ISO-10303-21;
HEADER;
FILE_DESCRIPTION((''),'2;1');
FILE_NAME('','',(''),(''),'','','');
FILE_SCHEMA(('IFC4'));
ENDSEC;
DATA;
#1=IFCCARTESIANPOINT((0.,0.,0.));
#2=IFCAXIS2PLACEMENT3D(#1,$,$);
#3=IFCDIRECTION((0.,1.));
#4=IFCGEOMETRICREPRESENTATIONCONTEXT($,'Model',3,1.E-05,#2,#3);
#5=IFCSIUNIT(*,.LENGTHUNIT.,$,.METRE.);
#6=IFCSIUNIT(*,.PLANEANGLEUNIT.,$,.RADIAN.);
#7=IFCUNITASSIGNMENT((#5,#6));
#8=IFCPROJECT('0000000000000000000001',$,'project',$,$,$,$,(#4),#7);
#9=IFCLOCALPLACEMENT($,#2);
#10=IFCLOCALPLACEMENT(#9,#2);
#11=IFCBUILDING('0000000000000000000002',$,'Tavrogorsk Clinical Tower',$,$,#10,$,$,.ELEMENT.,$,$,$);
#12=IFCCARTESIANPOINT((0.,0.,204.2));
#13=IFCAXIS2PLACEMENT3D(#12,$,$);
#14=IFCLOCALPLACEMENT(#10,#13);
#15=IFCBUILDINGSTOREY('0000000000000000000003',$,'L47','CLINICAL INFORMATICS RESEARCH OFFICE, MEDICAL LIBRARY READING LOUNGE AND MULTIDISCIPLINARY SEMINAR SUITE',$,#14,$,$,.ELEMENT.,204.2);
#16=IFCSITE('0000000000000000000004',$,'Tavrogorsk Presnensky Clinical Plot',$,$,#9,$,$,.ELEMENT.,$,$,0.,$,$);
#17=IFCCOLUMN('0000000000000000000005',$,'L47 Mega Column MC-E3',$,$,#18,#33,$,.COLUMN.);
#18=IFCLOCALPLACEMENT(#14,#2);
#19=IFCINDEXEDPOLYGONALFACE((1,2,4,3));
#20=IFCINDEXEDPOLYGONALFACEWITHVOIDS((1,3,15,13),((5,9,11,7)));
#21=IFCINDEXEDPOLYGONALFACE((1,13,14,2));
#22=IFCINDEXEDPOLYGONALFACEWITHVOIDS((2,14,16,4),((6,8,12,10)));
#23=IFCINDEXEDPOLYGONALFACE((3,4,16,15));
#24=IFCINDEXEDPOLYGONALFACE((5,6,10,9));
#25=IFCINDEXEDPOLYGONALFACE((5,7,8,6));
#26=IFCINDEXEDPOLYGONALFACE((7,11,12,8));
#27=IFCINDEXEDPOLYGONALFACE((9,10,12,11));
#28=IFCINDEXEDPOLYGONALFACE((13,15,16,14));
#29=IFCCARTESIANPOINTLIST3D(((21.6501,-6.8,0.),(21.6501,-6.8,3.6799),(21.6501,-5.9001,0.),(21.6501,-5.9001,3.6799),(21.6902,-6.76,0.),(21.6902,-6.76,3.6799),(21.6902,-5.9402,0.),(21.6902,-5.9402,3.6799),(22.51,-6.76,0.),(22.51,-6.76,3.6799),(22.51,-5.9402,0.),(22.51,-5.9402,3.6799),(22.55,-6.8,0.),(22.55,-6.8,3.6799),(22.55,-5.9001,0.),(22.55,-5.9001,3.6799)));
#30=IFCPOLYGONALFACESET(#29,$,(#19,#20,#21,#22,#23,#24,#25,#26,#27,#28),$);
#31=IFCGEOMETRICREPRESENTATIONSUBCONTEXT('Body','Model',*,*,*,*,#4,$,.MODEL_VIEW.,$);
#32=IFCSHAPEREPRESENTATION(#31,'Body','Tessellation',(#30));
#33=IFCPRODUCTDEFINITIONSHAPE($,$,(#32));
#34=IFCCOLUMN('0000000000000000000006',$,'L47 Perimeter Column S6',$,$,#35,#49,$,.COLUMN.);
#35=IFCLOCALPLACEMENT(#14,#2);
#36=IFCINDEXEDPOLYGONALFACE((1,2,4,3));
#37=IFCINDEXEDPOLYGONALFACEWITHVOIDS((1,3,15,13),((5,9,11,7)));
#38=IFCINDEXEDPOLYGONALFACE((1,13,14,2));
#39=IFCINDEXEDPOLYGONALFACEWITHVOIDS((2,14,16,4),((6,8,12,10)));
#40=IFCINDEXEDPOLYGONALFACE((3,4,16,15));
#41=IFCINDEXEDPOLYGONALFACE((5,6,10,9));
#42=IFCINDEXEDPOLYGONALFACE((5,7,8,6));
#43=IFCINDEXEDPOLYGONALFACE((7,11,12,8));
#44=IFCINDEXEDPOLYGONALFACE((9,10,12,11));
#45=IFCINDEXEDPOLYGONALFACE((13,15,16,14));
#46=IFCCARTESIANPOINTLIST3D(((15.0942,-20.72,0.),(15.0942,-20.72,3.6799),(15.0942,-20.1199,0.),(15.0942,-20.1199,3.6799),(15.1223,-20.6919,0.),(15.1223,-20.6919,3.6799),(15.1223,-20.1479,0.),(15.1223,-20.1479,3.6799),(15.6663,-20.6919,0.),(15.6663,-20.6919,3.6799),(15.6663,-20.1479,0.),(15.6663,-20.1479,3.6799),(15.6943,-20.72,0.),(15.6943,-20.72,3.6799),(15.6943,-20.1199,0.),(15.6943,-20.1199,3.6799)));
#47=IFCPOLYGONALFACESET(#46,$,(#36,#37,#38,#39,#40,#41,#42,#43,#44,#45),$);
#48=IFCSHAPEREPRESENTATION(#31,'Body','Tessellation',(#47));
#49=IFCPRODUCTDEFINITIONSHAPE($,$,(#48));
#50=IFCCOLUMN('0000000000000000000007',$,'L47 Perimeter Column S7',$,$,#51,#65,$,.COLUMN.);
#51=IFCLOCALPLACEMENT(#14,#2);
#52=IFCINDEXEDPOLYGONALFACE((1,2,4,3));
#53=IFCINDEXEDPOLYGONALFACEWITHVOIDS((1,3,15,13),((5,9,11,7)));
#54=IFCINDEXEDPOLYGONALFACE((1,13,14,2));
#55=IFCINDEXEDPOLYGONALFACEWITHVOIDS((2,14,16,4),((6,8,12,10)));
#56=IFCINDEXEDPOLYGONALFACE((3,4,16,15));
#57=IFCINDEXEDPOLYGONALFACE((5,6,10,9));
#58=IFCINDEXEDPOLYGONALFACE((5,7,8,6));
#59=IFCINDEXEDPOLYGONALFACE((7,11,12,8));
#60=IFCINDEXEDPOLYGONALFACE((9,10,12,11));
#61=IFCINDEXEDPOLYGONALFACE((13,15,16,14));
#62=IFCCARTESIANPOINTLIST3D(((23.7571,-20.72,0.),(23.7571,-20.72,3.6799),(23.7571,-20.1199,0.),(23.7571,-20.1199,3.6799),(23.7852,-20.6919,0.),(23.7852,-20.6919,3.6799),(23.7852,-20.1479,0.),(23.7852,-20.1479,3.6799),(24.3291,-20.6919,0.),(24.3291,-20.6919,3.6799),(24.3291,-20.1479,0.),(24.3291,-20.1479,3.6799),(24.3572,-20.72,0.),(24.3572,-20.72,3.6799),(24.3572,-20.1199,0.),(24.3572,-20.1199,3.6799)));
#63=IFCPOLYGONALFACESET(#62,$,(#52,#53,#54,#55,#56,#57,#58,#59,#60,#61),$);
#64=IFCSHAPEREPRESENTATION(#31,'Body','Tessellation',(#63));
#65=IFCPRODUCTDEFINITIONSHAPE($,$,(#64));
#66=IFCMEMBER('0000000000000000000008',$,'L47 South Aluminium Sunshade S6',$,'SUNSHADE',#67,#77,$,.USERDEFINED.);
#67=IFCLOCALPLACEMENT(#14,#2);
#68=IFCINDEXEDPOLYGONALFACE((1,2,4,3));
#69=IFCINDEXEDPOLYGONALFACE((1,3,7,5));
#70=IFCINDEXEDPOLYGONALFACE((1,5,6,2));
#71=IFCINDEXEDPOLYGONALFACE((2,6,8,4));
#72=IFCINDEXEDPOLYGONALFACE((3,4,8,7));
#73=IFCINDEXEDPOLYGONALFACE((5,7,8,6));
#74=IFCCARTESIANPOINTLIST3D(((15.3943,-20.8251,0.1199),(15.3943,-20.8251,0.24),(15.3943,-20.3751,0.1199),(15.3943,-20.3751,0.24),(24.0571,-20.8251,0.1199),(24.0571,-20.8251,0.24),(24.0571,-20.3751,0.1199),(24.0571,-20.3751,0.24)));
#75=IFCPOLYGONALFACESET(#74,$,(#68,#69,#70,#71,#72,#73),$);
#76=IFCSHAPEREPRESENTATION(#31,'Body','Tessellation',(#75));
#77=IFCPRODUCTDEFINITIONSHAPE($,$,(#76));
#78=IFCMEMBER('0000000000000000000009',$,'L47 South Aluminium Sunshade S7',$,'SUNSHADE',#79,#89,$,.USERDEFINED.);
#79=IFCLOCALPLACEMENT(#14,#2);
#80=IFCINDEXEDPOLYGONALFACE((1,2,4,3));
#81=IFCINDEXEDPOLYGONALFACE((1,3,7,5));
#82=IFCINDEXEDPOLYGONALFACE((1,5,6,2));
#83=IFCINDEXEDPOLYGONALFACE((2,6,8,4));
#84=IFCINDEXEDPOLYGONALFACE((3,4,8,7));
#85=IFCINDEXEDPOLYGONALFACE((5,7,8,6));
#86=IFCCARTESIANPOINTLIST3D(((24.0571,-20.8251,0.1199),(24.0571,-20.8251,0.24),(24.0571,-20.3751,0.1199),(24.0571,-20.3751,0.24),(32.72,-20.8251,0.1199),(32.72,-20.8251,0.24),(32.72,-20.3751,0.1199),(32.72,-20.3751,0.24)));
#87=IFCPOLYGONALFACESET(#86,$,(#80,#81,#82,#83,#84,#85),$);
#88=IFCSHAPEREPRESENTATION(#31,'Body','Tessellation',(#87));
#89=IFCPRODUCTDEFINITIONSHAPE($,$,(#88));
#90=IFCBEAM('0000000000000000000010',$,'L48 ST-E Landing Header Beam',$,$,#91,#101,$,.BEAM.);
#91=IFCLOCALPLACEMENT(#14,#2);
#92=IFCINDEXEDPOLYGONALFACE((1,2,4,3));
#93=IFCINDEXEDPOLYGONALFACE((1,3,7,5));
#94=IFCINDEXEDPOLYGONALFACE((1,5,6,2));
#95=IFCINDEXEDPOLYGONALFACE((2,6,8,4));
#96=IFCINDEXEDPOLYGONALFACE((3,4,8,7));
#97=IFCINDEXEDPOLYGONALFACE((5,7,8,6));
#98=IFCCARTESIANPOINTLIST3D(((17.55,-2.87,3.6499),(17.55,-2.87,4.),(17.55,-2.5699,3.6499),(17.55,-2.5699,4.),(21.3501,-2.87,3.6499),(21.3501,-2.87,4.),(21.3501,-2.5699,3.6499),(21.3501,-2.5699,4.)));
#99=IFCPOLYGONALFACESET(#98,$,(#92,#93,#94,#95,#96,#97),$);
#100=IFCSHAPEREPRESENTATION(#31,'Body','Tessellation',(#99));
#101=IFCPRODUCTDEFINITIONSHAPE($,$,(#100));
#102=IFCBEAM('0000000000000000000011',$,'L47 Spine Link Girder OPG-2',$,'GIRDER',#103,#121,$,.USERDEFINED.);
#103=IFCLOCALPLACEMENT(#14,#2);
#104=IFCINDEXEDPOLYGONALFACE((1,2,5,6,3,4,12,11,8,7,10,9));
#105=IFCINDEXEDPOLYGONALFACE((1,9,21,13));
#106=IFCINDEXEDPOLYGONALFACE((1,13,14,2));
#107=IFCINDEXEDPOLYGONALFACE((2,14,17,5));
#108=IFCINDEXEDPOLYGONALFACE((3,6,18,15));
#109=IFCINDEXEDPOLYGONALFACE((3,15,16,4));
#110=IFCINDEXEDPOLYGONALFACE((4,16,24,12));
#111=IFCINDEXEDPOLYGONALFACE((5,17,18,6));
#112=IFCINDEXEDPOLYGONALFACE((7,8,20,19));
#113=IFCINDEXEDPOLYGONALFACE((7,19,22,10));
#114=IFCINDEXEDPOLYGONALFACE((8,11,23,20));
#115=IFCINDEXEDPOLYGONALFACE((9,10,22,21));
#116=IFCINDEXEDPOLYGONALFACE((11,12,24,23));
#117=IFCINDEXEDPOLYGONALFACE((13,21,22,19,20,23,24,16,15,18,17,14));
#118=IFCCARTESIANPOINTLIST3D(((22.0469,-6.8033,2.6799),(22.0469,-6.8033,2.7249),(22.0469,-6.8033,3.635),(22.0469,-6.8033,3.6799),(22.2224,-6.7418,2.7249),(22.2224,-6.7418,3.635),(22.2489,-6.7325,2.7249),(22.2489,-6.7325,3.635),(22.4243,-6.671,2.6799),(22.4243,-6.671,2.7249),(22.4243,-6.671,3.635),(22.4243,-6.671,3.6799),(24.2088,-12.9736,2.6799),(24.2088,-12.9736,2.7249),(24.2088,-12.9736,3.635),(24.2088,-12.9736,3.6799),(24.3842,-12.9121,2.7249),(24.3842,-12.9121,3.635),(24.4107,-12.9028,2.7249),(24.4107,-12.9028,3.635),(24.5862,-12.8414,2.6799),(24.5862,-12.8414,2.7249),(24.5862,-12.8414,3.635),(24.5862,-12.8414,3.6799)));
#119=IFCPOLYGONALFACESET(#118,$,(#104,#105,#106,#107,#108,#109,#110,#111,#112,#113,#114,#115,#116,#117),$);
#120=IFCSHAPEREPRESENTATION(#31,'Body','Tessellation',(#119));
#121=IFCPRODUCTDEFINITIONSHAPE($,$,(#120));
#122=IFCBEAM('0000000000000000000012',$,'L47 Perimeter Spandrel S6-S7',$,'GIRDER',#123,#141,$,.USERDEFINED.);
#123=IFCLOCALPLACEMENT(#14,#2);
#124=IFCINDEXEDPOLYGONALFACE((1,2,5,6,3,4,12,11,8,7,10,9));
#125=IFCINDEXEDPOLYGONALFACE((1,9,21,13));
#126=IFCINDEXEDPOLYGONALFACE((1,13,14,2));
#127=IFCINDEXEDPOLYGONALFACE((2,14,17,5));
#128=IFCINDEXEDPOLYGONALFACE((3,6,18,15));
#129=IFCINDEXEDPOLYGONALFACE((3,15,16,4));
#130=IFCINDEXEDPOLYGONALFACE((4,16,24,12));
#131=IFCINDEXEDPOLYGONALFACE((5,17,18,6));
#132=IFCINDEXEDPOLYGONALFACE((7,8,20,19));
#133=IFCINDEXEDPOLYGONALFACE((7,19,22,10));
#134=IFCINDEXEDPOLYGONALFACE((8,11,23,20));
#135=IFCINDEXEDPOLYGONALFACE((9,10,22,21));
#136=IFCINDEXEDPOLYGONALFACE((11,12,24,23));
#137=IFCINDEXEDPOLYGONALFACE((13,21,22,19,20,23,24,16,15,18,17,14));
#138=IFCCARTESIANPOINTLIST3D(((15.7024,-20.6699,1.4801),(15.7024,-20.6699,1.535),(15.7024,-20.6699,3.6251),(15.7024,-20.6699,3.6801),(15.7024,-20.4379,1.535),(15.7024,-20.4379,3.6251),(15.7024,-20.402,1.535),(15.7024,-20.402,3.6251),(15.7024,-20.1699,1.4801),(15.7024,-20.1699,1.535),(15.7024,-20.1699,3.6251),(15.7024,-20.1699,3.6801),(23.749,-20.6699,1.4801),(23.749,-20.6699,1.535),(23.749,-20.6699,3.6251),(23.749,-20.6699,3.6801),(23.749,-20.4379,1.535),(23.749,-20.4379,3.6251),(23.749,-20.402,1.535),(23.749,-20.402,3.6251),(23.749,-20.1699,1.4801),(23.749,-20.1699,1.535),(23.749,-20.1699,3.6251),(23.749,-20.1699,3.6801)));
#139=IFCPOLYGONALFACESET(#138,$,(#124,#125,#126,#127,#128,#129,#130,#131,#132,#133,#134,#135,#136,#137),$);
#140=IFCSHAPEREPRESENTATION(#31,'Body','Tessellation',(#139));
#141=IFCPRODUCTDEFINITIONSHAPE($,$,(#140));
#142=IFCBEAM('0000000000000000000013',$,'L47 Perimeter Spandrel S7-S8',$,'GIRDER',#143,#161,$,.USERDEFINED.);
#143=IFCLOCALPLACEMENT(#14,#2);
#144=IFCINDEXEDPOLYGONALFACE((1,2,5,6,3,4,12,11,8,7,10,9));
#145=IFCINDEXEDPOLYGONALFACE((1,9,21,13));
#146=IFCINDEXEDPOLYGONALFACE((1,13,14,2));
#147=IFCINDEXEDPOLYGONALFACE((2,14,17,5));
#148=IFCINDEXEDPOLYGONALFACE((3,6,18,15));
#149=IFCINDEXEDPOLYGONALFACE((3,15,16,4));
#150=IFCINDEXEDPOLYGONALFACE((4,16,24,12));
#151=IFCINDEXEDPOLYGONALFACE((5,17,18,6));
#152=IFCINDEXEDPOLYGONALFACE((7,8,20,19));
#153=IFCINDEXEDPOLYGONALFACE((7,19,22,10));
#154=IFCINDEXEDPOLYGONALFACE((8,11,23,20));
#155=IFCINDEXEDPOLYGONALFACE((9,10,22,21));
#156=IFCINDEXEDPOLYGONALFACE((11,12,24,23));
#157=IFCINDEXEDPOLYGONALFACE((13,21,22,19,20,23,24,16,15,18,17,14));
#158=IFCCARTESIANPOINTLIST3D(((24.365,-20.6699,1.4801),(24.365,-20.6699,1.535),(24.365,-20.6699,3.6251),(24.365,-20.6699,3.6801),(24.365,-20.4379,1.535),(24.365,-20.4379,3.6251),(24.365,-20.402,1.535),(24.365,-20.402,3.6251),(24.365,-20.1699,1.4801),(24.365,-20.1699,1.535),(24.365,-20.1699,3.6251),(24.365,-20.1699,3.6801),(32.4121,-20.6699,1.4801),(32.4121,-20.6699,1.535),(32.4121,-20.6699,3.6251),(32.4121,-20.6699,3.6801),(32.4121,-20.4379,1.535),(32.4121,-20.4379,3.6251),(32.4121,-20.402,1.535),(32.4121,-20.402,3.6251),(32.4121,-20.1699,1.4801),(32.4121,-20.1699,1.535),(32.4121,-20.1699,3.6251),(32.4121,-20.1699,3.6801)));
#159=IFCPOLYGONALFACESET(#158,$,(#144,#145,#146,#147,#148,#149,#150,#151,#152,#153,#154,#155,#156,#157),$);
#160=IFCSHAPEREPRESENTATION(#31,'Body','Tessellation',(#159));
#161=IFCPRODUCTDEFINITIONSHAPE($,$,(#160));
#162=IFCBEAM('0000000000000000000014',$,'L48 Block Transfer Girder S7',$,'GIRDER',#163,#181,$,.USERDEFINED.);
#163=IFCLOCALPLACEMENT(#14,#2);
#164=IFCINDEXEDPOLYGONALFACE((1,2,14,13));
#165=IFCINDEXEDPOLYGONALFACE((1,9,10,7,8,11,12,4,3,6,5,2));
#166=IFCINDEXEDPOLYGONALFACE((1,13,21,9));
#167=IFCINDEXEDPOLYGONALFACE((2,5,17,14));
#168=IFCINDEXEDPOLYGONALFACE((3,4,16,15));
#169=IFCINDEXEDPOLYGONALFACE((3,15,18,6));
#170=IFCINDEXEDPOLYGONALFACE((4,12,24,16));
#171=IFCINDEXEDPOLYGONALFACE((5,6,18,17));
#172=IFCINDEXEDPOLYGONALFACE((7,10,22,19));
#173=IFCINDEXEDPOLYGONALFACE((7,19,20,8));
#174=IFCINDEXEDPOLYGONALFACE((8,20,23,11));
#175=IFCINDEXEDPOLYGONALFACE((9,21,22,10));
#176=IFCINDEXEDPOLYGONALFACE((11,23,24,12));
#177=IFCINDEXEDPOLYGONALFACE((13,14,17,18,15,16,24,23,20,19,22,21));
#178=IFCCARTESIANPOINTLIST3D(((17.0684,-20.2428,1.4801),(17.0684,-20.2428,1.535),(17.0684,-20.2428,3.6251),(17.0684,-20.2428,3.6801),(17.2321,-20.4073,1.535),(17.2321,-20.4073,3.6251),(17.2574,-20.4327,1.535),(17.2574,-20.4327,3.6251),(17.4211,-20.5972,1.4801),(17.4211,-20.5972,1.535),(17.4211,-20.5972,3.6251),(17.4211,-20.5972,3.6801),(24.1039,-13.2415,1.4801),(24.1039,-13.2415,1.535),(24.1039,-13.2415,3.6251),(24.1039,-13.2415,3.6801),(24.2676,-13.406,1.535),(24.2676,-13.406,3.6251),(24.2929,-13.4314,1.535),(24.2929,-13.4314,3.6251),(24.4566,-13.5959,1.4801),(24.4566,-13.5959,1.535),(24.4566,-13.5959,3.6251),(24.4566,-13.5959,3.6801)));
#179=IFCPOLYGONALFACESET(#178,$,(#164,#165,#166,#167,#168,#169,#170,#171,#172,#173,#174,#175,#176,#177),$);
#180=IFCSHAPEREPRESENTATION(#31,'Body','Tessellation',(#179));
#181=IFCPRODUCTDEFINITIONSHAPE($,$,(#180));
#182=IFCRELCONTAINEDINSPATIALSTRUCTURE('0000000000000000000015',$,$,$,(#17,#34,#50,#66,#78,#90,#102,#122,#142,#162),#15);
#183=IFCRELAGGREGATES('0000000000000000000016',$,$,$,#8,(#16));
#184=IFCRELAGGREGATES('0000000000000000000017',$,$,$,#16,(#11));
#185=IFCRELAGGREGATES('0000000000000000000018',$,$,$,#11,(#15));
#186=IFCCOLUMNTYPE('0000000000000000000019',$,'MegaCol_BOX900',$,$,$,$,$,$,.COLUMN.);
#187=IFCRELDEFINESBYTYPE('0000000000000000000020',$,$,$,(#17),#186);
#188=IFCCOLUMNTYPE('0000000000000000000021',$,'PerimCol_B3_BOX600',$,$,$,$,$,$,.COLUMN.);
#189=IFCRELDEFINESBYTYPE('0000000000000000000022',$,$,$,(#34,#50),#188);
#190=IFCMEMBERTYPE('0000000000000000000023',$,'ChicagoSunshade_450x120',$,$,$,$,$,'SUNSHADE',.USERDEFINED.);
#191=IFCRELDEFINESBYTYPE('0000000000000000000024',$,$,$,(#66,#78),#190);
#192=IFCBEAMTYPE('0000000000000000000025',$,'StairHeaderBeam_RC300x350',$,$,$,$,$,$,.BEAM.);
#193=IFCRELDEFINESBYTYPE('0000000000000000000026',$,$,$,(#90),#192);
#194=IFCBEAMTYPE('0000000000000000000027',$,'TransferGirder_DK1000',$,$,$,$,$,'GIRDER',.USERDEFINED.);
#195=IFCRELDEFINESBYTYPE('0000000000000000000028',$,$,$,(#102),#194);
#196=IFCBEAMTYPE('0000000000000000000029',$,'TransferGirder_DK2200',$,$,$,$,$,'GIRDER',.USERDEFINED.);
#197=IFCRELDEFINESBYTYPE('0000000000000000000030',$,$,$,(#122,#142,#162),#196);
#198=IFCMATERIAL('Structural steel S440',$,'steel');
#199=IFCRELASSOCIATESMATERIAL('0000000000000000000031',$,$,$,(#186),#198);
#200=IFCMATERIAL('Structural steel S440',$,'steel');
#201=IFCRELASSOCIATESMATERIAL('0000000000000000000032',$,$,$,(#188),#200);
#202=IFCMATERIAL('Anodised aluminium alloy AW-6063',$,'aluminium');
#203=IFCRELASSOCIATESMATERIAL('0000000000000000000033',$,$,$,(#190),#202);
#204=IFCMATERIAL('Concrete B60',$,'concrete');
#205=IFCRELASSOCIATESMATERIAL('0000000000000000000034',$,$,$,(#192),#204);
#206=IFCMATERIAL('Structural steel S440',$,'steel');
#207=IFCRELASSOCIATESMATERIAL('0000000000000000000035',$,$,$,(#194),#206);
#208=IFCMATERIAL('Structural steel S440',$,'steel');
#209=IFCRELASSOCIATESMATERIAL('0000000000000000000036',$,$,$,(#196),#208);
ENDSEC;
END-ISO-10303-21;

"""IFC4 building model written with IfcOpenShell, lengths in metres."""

from ifc_helpers import new_model, si_unit, direction, frame, origin, origin_2d, place, context, subcontext, project, spatial, rectangle, hollow_rectangle, i_section, extrude, material, material_profile, profile_set, type_object, element, save


model = new_model("IFC4")

# Units and contexts
model_context = context("Model", 3, precision=1e-05, world=origin(), true_north=direction((0.0, 1.0)))
body_context = subcontext(model_context, "Body", "Model", "MODEL_VIEW")
ifc_project = project(units=[si_unit("LENGTHUNIT", "METRE"), si_unit("PLANEANGLEUNIT", "RADIAN")], contexts=[model_context])

# Site, building, storey
site_placement = place(None, origin())
site = spatial("IfcSite", under=ifc_project, at=site_placement, Name="Tavrogorsk Presnensky Clinical Plot", CompositionType="ELEMENT", RefElevation=0.0)
building_placement = place(site_placement, origin())
building = spatial("IfcBuilding", under=site, at=building_placement, Name="Tavrogorsk Clinical Tower", CompositionType="ELEMENT")
storey_placement = place(building_placement, frame((0.0, 0.0, 204.2)))
storey = spatial("IfcBuildingStorey", under=building, at=storey_placement, Name="L47", Description="CLINICAL INFORMATICS RESEARCH OFFICE, MEDICAL LIBRARY READING LOUNGE AND MULTIDISCIPLINARY SEMINAR SUITE", CompositionType="ELEMENT", Elevation=204.2)

# Columns
ifc_material_1 = material(Name="Structural steel S440", Category="steel")
ifc_material_profile_1 = material_profile(ifc_material_1, hollow_rectangle(XDim=0.8999, YDim=0.8999, WallThickness=0.04, at=origin_2d()), Name="BOX-900x900x40")
ifc_profile_set_1 = profile_set([ifc_material_profile_1], Name="Structural steel S440")
column_type_1 = type_object("IfcColumnType", Name="MegaCol_BOX900", PredefinedType="COLUMN", material=ifc_profile_set_1)
column_placement = place(storey_placement, frame((22.1001, -6.3501, 0.0), z_axis=(0.0, 0.0, 1.0), x_axis=(1.0, 0.0, 0.0)))
element("IfcColumn", 1, at=column_placement, inside=storey, type_object=column_type_1, Name="L47 Mega Column MC-E3", PredefinedType="COLUMN", context=body_context, shape_type="SweptSolid", body=[
    extrude(hollow_rectangle(XDim=0.8999, YDim=0.8999, WallThickness=0.04, at=origin_2d()), origin(), (0.0, 0.0, 1.0), 3.6799),
])
ifc_material_2 = material(Name="Structural steel S440", Category="steel")
ifc_material_profile_2 = material_profile(ifc_material_2, hollow_rectangle(XDim=0.6001, YDim=0.6001, WallThickness=0.0281, at=origin_2d()), Name="BOX-600x600x28")
ifc_profile_set_2 = profile_set([ifc_material_profile_2], Name="Structural steel S440")
column_type_2 = type_object("IfcColumnType", Name="PerimCol_B3_BOX600", PredefinedType="COLUMN", material=ifc_profile_set_2)
for number, where, z_axis, x_axis, name in (
    (2, (15.3943, -20.4199, 0.0), (0.0, 0.0, 1.0), (1.0, 0.0, 0.0), "L47 Perimeter Column S6"),
    (3, (24.0571, -20.4199, 0.0), (0.0, 0.0, 1.0), (1.0, 0.0, 0.0), "L47 Perimeter Column S7"),
):
    element("IfcColumn", number, at=place(storey_placement, frame(where, z_axis=z_axis, x_axis=x_axis)), inside=storey, type_object=column_type_2, Name=name, PredefinedType="COLUMN", context=body_context, shape_type="SweptSolid", body=[
        extrude(hollow_rectangle(XDim=0.6001, YDim=0.6001, WallThickness=0.0281, at=origin_2d()), origin(), (0.0, 0.0, 1.0), 3.6799),
    ])

# Members
ifc_material_3 = material(Name="Anodised aluminium alloy AW-6063", Category="aluminium")
ifc_material_profile_3 = material_profile(ifc_material_3, rectangle(XDim=0.45, YDim=0.1201, at=origin_2d()), Name="ALU-SUNSHADE-450x120")
ifc_profile_set_3 = profile_set([ifc_material_profile_3], Name="Anodised aluminium alloy AW-6063")
member_type = type_object("IfcMemberType", Name="ChicagoSunshade_450x120", ElementType="SUNSHADE", PredefinedType="USERDEFINED", material=ifc_profile_set_3)
for number, where, z_axis, x_axis, name in (
    (4, (15.3943, -20.6001, 0.1799), (1.0, 0.0, 0.0), (0.0, 1.0, 0.0), "L47 South Aluminium Sunshade S6"),
    (5, (24.0571, -20.6001, 0.1799), (1.0, 0.0, 0.0), (0.0, 1.0, 0.0), "L47 South Aluminium Sunshade S7"),
):
    element("IfcMember", number, at=place(storey_placement, frame(where, z_axis=z_axis, x_axis=x_axis)), inside=storey, type_object=member_type, Name=name, ObjectType="SUNSHADE", PredefinedType="USERDEFINED", context=body_context, shape_type="SweptSolid", body=[
        extrude(rectangle(XDim=0.45, YDim=0.1201, at=origin_2d()), origin(), (0.0, 0.0, 1.0), 8.6628),
    ])

# Beams
ifc_material_4 = material(Name="Concrete B60", Category="concrete")
ifc_material_profile_4 = material_profile(ifc_material_4, rectangle(XDim=0.3, YDim=0.3501, at=origin_2d()), Name="RC-SHB-300x350")
ifc_profile_set_4 = profile_set([ifc_material_profile_4], Name="Concrete B60")
beam_type_1 = type_object("IfcBeamType", Name="StairHeaderBeam_RC300x350", PredefinedType="BEAM", material=ifc_profile_set_4)
beam_1_placement = place(storey_placement, frame((17.55, -2.72, 3.825), z_axis=(1.0, 0.0, 0.0), x_axis=(0.0, 1.0, 0.0)))
element("IfcBeam", 6, at=beam_1_placement, inside=storey, type_object=beam_type_1, Name="L48 ST-E Landing Header Beam", PredefinedType="BEAM", context=body_context, shape_type="SweptSolid", body=[
    extrude(rectangle(XDim=0.3, YDim=0.3501, at=origin_2d()), origin(), (0.0, 0.0, 1.0), 3.8),
])
ifc_material_5 = material(Name="Structural steel S440", Category="steel")
ifc_material_profile_5 = material_profile(ifc_material_5, i_section(OverallWidth=0.3999, OverallDepth=1.0, WebThickness=0.0281, FlangeThickness=0.0449, at=origin_2d()), Name="DK-1000x400x28x45")
ifc_profile_set_5 = profile_set([ifc_material_profile_5], Name="Structural steel S440")
beam_type_2 = type_object("IfcBeamType", Name="TransferGirder_DK1000", ElementType="GIRDER", PredefinedType="USERDEFINED", material=ifc_profile_set_5)
beam_2_placement = place(storey_placement, frame((24.3975, -12.9075, 3.1799), z_axis=(-0.330653, 0.943752, 0.0), x_axis=(-0.943752, -0.330653, 0.0)))
element("IfcBeam", 7, at=beam_2_placement, inside=storey, type_object=beam_type_2, Name="L47 Spine Link Girder OPG-2", ObjectType="GIRDER", PredefinedType="USERDEFINED", context=body_context, shape_type="SweptSolid", body=[
    extrude(i_section(OverallWidth=0.3999, OverallDepth=1.0, WebThickness=0.0281, FlangeThickness=0.0449, at=origin_2d()), origin(), (0.0, 0.0, 1.0), 6.5381),
])
ifc_material_6 = material(Name="Structural steel S440", Category="steel")
ifc_material_profile_6 = material_profile(ifc_material_6, i_section(OverallWidth=0.5, OverallDepth=2.2, WebThickness=0.0359, FlangeThickness=0.0549, at=origin_2d()), Name="DK-2200x500x36x55")
ifc_profile_set_6 = profile_set([ifc_material_profile_6], Name="Structural steel S440")
beam_type_3 = type_object("IfcBeamType", Name="TransferGirder_DK2200", ElementType="GIRDER", PredefinedType="USERDEFINED", material=ifc_profile_set_6)
beam_3_placement = place(storey_placement, frame((15.7024, -20.4199, 2.5801), z_axis=(1.0, 0.0, 0.0), x_axis=(0.0, 1.0, 0.0)))
element("IfcBeam", 8, at=beam_3_placement, inside=storey, type_object=beam_type_3, Name="L47 Perimeter Spandrel S6-S7", ObjectType="GIRDER", PredefinedType="USERDEFINED", context=body_context, shape_type="SweptSolid", body=[
    extrude(i_section(OverallWidth=0.5, OverallDepth=2.2, WebThickness=0.0359, FlangeThickness=0.0549, at=origin_2d()), origin(), (0.0, 0.0, 1.0), 8.0466),
])
beam_4_placement = place(storey_placement, frame((24.365, -20.4199, 2.5801), z_axis=(1.0, 0.0, 0.0), x_axis=(0.0, 1.0, 0.0)))
element("IfcBeam", 9, at=beam_4_placement, inside=storey, type_object=beam_type_3, Name="L47 Perimeter Spandrel S7-S8", ObjectType="GIRDER", PredefinedType="USERDEFINED", context=body_context, shape_type="SweptSolid", body=[
    extrude(i_section(OverallWidth=0.5, OverallDepth=2.2, WebThickness=0.0359, FlangeThickness=0.0549, at=origin_2d()), origin(), (0.0, 0.0, 1.0), 8.0471),
])
beam_5_placement = place(storey_placement, frame((24.2803, -13.4187, 2.5801), z_axis=(-0.708827, -0.705383, 0.0), x_axis=(0.705383, -0.708827, 0.0)))
element("IfcBeam", 10, at=beam_5_placement, inside=storey, type_object=beam_type_3, Name="L48 Block Transfer Girder S7", ObjectType="GIRDER", PredefinedType="USERDEFINED", context=body_context, shape_type="SweptSolid", body=[
    extrude(i_section(OverallWidth=0.5, OverallDepth=2.2, WebThickness=0.0359, FlangeThickness=0.0549, at=origin_2d()), origin(), (0.0, 0.0, 1.0), 9.9255),
])

save(model, "model.ifc")
